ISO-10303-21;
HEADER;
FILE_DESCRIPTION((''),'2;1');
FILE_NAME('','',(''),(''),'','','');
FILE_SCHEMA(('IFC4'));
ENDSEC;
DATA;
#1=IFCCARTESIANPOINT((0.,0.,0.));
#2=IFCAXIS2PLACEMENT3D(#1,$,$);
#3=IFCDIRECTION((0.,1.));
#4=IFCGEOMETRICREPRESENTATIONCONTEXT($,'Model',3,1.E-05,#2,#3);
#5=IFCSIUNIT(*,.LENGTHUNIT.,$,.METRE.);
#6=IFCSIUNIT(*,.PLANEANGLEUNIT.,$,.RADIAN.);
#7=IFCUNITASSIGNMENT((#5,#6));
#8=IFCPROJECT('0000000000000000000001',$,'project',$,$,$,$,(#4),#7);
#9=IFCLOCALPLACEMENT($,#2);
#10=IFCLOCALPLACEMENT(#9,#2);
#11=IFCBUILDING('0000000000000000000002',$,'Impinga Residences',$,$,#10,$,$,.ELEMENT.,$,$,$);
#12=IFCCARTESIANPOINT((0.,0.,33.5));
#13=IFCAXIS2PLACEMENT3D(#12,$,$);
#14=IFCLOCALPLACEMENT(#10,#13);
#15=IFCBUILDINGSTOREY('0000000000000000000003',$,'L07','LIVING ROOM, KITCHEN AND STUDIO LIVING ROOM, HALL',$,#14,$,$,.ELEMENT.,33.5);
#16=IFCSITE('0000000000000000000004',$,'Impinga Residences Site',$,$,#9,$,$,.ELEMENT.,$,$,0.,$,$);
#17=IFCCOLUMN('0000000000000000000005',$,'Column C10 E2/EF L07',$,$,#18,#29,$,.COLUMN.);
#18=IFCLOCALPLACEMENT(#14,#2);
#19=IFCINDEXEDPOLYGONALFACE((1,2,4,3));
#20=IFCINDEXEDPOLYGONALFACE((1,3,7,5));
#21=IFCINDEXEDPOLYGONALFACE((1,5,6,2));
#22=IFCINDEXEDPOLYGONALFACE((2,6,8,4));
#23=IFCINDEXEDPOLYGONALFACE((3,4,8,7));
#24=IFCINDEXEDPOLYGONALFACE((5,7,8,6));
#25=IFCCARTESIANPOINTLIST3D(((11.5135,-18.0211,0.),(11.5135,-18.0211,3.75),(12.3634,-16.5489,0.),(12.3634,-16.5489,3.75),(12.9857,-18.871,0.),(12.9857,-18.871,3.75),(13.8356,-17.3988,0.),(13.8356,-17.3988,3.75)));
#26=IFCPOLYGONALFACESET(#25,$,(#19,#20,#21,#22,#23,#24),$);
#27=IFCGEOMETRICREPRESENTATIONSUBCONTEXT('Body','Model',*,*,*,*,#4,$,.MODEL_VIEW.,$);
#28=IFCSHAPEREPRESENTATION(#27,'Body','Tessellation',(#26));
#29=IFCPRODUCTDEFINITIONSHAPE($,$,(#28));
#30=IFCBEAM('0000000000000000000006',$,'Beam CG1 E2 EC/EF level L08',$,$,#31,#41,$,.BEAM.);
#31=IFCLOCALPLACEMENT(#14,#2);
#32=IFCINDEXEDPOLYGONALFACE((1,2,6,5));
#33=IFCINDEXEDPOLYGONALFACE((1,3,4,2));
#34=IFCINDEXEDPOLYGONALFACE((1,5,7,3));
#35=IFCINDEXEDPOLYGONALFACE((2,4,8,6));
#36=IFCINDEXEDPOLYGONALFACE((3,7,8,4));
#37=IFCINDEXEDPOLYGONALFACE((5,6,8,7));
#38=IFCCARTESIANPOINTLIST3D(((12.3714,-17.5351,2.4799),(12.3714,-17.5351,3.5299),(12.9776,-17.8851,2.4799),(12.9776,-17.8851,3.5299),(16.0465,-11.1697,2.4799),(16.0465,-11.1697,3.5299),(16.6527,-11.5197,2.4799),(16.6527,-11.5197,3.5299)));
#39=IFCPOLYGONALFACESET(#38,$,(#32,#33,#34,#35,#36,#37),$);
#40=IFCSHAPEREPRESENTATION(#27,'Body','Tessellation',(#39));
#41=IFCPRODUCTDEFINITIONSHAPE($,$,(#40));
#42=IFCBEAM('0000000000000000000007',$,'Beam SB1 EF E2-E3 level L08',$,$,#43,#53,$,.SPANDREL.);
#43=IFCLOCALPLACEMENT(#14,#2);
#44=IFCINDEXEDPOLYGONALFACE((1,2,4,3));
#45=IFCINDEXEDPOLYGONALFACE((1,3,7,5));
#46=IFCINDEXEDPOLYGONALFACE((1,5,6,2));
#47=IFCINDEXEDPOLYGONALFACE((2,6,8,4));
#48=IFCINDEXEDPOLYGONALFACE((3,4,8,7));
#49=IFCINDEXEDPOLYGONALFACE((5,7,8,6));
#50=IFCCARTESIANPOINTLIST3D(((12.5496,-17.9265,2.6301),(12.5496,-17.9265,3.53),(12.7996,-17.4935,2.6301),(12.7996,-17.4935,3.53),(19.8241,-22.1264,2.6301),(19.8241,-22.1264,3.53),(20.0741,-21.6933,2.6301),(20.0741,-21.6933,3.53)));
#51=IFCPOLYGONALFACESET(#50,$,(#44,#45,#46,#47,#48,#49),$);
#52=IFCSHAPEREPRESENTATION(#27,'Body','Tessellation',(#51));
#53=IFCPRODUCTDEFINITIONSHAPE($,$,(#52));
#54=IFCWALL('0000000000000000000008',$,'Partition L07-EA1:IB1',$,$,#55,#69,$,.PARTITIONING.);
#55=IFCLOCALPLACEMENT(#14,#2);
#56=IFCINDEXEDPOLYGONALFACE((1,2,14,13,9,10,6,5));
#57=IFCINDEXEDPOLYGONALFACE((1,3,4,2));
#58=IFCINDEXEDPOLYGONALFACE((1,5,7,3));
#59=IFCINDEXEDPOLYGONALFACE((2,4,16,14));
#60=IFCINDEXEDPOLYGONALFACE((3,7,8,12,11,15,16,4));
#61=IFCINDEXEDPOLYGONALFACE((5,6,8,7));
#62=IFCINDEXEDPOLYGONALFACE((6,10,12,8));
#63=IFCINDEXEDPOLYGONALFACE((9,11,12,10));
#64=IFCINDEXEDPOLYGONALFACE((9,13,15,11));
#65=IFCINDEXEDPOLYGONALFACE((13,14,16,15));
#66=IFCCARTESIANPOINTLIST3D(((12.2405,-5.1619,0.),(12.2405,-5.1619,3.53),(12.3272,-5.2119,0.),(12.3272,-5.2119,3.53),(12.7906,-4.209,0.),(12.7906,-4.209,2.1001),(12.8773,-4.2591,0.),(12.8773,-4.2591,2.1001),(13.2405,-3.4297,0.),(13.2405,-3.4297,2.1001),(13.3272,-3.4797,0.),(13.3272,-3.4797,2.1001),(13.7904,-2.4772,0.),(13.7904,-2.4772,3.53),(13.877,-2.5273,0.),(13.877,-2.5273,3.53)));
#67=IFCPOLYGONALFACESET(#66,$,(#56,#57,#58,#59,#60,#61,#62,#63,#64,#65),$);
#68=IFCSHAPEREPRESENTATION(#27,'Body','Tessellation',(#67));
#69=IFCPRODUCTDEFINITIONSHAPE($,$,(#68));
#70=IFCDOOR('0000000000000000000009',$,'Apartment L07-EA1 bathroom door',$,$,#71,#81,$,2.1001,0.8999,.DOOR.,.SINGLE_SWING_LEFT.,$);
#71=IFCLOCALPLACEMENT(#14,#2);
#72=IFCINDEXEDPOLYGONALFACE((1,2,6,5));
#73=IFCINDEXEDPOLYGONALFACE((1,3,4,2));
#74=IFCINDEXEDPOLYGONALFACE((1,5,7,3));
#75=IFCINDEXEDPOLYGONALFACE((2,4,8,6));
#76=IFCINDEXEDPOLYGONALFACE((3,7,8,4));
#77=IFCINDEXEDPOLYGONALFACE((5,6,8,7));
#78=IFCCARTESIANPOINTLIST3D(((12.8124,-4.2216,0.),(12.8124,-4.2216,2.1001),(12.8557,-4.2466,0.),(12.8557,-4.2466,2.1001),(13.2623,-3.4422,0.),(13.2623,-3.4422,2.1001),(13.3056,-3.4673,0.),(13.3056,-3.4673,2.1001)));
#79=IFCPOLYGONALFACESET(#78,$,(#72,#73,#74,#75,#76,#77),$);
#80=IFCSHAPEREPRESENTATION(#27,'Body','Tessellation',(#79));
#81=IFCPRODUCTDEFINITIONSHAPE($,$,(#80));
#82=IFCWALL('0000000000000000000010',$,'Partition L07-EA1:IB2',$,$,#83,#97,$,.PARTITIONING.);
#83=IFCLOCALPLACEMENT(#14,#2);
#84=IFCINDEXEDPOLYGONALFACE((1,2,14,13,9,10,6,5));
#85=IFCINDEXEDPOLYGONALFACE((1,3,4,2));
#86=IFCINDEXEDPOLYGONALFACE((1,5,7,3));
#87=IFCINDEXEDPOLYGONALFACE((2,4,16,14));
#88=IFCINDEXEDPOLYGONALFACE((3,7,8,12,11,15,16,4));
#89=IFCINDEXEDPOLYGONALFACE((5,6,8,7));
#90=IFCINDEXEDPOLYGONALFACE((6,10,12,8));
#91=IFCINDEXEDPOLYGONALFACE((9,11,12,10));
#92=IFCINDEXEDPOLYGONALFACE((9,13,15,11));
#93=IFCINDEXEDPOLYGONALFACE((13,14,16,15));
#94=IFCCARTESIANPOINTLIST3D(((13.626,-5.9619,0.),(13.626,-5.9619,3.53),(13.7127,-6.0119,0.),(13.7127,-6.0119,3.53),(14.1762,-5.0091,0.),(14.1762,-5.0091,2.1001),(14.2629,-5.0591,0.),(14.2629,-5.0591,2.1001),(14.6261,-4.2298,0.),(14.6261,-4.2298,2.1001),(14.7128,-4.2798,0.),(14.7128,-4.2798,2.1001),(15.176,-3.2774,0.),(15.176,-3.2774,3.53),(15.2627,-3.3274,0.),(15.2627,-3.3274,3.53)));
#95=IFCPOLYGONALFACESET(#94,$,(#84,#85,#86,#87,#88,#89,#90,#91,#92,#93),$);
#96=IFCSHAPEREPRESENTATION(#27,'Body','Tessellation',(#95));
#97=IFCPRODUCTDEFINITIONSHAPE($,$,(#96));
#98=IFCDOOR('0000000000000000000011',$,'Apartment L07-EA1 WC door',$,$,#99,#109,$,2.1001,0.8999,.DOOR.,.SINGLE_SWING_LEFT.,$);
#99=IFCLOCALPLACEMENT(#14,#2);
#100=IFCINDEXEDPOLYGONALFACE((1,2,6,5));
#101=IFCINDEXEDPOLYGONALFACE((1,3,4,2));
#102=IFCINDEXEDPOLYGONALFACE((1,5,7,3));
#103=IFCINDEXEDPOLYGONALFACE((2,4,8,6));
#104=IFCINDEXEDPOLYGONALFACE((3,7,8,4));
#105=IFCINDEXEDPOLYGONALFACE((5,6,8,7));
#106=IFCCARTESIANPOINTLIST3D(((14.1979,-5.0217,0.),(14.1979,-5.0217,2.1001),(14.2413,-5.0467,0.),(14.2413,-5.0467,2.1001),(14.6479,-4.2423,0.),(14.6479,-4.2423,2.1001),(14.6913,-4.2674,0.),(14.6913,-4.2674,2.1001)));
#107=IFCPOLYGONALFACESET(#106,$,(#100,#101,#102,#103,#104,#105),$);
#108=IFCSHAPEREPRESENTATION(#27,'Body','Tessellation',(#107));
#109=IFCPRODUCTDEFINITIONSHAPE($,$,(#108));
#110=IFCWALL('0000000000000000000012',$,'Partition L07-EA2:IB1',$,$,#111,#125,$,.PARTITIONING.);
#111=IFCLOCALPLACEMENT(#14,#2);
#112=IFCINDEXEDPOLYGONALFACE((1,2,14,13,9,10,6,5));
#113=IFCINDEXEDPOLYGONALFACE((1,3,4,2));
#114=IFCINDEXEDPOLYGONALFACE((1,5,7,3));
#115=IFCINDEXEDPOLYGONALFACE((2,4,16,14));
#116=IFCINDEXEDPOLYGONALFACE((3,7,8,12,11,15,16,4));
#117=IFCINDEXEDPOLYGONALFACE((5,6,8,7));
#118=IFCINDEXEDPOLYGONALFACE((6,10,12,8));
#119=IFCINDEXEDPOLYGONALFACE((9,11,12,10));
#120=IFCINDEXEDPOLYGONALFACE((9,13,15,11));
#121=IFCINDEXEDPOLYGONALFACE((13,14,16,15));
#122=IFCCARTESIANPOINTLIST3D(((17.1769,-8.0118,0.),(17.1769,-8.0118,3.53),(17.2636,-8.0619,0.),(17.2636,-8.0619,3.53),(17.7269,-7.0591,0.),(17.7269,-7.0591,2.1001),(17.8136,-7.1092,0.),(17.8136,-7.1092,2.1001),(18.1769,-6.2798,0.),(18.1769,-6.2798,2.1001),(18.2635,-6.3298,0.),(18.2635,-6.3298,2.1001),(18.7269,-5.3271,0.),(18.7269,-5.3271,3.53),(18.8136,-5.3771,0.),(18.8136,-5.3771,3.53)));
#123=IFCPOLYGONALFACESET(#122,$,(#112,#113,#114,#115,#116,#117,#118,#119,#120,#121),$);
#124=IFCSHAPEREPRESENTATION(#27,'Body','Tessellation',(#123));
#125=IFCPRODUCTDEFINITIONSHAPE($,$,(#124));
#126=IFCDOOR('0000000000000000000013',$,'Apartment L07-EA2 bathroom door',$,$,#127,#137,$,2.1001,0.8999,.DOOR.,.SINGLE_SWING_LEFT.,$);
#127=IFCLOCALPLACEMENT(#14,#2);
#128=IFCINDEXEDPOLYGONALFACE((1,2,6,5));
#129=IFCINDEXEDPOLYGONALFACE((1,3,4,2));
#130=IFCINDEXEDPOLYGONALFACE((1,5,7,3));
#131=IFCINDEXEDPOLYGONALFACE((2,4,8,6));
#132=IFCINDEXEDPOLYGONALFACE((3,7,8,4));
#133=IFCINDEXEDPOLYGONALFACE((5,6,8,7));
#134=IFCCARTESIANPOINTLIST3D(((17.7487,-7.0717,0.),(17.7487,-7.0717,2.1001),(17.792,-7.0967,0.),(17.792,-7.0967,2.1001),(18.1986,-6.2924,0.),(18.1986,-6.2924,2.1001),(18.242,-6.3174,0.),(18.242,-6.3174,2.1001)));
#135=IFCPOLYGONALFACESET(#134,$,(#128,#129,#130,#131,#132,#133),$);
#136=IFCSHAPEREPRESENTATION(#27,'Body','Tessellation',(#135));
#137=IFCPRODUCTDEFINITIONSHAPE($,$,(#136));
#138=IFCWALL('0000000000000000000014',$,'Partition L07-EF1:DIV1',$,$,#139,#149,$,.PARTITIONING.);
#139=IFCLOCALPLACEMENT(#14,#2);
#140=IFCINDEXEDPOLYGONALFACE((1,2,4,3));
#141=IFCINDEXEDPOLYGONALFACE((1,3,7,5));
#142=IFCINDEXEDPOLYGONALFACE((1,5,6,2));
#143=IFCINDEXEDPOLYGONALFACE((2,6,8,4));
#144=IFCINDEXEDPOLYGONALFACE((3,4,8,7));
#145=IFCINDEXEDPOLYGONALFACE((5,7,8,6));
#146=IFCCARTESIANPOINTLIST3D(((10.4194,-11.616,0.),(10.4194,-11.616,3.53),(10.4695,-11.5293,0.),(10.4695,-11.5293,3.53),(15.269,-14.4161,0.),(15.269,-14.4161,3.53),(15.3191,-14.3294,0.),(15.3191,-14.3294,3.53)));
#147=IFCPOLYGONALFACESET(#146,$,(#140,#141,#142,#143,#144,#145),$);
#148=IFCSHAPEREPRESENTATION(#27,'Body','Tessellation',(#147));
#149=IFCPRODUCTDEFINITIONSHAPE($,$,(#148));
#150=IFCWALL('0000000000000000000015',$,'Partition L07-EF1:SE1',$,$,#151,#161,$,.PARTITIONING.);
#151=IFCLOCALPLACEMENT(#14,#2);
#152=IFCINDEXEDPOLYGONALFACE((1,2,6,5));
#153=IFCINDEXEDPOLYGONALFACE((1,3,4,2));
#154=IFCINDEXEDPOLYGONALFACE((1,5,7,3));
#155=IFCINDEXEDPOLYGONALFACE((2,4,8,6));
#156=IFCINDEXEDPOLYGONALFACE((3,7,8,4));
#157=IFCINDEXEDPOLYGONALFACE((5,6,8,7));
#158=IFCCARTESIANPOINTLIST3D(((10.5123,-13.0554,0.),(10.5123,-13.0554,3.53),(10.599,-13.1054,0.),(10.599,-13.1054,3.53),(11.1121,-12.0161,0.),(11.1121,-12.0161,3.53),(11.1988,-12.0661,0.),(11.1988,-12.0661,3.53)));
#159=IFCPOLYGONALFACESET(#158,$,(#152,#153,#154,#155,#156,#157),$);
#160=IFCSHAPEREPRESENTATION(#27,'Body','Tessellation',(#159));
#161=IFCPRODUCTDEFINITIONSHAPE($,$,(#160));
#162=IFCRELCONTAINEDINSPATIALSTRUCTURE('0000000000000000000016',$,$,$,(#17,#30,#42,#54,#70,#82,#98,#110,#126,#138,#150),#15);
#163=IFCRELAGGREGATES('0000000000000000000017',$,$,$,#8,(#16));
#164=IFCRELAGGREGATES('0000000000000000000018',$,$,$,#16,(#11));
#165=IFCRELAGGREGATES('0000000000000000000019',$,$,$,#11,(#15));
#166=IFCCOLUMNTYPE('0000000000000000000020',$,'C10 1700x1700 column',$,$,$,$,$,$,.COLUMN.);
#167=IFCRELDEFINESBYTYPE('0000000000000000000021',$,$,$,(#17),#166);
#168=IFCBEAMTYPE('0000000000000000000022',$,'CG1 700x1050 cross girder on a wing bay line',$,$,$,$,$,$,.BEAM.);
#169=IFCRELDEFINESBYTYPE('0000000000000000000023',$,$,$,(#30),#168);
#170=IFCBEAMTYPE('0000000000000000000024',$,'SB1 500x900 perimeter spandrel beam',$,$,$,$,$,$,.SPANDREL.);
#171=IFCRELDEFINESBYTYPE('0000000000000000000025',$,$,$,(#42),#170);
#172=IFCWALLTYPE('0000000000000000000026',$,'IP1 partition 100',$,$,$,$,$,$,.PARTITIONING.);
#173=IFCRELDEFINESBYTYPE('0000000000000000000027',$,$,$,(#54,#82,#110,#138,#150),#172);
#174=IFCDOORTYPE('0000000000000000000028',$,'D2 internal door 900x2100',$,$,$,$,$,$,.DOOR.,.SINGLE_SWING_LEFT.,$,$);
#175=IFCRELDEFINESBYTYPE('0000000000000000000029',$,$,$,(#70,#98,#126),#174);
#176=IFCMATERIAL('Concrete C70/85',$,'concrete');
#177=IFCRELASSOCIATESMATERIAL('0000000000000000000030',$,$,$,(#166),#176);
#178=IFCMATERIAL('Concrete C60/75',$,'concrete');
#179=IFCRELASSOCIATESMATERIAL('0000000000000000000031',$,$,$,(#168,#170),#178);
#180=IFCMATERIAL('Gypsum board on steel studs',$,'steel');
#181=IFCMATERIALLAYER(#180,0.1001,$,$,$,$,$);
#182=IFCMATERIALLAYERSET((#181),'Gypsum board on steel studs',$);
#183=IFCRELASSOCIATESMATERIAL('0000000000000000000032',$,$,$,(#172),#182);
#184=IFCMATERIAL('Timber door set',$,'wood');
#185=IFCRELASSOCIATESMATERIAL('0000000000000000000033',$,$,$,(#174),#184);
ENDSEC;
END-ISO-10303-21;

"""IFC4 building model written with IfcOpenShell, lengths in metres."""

from ifc_helpers import new_model, si_unit, direction, frame, frame_2d, origin, origin_2d, place, context, subcontext, project, spatial, rectangle, extrude, material, layer, layer_set, material_profile, profile_set, type_object, element, fill, save


model = new_model("IFC4")

# Units and contexts
model_context = context("Model", 3, precision=1e-05, world=origin(), true_north=direction((0.0, 1.0)))
body_context = subcontext(model_context, "Body", "Model", "MODEL_VIEW")
ifc_project = project(units=[si_unit("LENGTHUNIT", "METRE"), si_unit("PLANEANGLEUNIT", "RADIAN")], contexts=[model_context])

# Site, building, storey
site_placement = place(None, origin())
site = spatial("IfcSite", under=ifc_project, at=site_placement, Name="Impinga Residences Site", CompositionType="ELEMENT", RefElevation=0.0)
building_placement = place(site_placement, origin())
building = spatial("IfcBuilding", under=site, at=building_placement, Name="Impinga Residences", CompositionType="ELEMENT")
storey_placement = place(building_placement, frame((0.0, 0.0, 33.5)))
storey = spatial("IfcBuildingStorey", under=building, at=storey_placement, Name="L07", Description="LIVING ROOM, KITCHEN AND STUDIO LIVING ROOM, HALL", CompositionType="ELEMENT", Elevation=33.5)

# Column
ifc_material_1 = material(Name="Concrete C70/85", Category="concrete")
ifc_material_profile_1 = material_profile(ifc_material_1, rectangle(XDim=1.7, YDim=1.7, at=origin_2d()), Name="RC 1700x1700")
ifc_profile_set_1 = profile_set([ifc_material_profile_1], Name="Concrete C70/85")
column_type = type_object("IfcColumnType", Name="C10 1700x1700 column", PredefinedType="COLUMN", material=ifc_profile_set_1)
column_placement = place(storey_placement, frame((12.6746, -17.71, 0.0), z_axis=(0.0, 0.0, 1.0), x_axis=(-0.5, -0.866025, 0.0)))
element("IfcColumn", 1, at=column_placement, inside=storey, type_object=column_type, Name="Column C10 E2/EF L07", PredefinedType="COLUMN", context=body_context, shape_type="SweptSolid", body=[
    extrude(rectangle(XDim=1.7, YDim=1.7, at=origin_2d()), origin(), (0.0, 0.0, 1.0), 3.75),
])

# Beams
ifc_material_2 = material(Name="Concrete C60/75", Category="concrete")
ifc_material_profile_2 = material_profile(ifc_material_2, rectangle(XDim=0.7, YDim=1.05, at=origin_2d()), Name="RC 700x1050")
ifc_profile_set_2 = profile_set([ifc_material_profile_2], Name="Concrete C60/75")
beam_type_1 = type_object("IfcBeamType", Name="CG1 700x1050 cross girder on a wing bay line", PredefinedType="BEAM", material=ifc_profile_set_2)
beam_1_placement = place(storey_placement, frame((16.3496, -11.3447, 3.0049), z_axis=(-0.500008, -0.866021, 0.0), x_axis=(0.866021, -0.500008, 0.0)))
element("IfcBeam", 2, at=beam_1_placement, inside=storey, type_object=beam_type_1, Name="Beam CG1 E2 EC/EF level L08", PredefinedType="BEAM", context=body_context, shape_type="SweptSolid", body=[
    extrude(rectangle(XDim=0.7, YDim=1.05, at=origin_2d()), origin(), (0.0, 0.0, 1.0), 7.3501),
])
ifc_material_profile_3 = material_profile(ifc_material_2, rectangle(XDim=0.5, YDim=0.8999, at=origin_2d()), Name="RC 500x900")
ifc_profile_set_3 = profile_set([ifc_material_profile_3], Name="Concrete C60/75")
beam_type_2 = type_object("IfcBeamType", Name="SB1 500x900 perimeter spandrel beam", PredefinedType="SPANDREL", material=ifc_profile_set_3)
beam_2_placement = place(storey_placement, frame((12.6746, -17.71, 3.0801), z_axis=(0.866029, -0.499993, 0.0), x_axis=(0.499993, 0.866029, 0.0)))
element("IfcBeam", 3, at=beam_2_placement, inside=storey, type_object=beam_type_2, Name="Beam SB1 EF E2-E3 level L08", PredefinedType="SPANDREL", context=body_context, shape_type="SweptSolid", body=[
    extrude(rectangle(XDim=0.5, YDim=0.8999, at=origin_2d()), origin(), (0.0, 0.0, 1.0), 8.3999),
])

# Walls, openings, doors
ifc_material_3 = material(Name="Gypsum board on steel studs", Category="steel")
ifc_layer_1 = layer(ifc_material_3, 0.1001)
ifc_layer_set_1 = layer_set([ifc_layer_1], Name="Gypsum board on steel studs")
wall_type_1 = type_object("IfcWallType", Name="IP1 partition 100", PredefinedType="PARTITIONING", material=ifc_layer_set_1)
wall_1_placement = place(storey_placement, frame((12.2839, -5.1868, 0.0), z_axis=(0.0, 0.0, 1.0), x_axis=(0.499968, 0.866044, 0.0)))
wall_1 = element("IfcWall", 4, at=wall_1_placement, inside=storey, type_object=wall_type_1, Name="Partition L07-EA1:IB1", PredefinedType="PARTITIONING", context=body_context, shape_type="SweptSolid", body=[
    extrude(rectangle(XDim=3.0999, YDim=0.1001, at=frame_2d((1.5498, 0.0))), origin(), (0.0, 0.0, 1.0), 3.53),
])
opening_1_placement = place(wall_1_placement, frame((1.1001, 0.0, 0.0)))
opening_1 = element("IfcOpeningElement", 5, at=opening_1_placement, cuts=wall_1, PredefinedType="OPENING", context=body_context, shape_type="SweptSolid", body=[
    extrude(rectangle(XDim=0.8999, YDim=2.1001, at=frame_2d((0.45, 1.05))), frame((0.0, 0.0601, 0.0), z_axis=(0.0, -1.0, 0.0), x_axis=(1.0, 0.0, 0.0)), (0.0, 0.0, 1.0), 0.1201),
])
ifc_material_4 = material(Name="Timber door set", Category="wood")
door_type = type_object("IfcDoorType", Name="D2 internal door 900x2100", OperationType="SINGLE_SWING_LEFT", PredefinedType="DOOR", material=ifc_material_4)
door_1_placement = place(opening_1_placement, origin())
door_1 = element("IfcDoor", 6, at=door_1_placement, inside=storey, type_object=door_type, Name="Apartment L07-EA1 bathroom door", OperationType="SINGLE_SWING_LEFT", OverallHeight=2.1001, OverallWidth=0.8999, PredefinedType="DOOR", context=body_context, shape_type="SweptSolid", body=[
    extrude(rectangle(XDim=0.8999, YDim=2.1001, at=frame_2d((0.45, 1.05))), frame((0.0, 0.0249, 0.0), z_axis=(0.0, -1.0, 0.0), x_axis=(1.0, 0.0, 0.0)), (0.0, 0.0, 1.0), 0.05),
])
fill(opening_1, door_1)
wall_2_placement = place(storey_placement, frame((13.6694, -5.9868, 0.0), z_axis=(0.0, 0.0, 1.0), x_axis=(0.500027, 0.86601, 0.0)))
wall_2 = element("IfcWall", 7, at=wall_2_placement, inside=storey, type_object=wall_type_1, Name="Partition L07-EA1:IB2", PredefinedType="PARTITIONING", context=body_context, shape_type="SweptSolid", body=[
    extrude(rectangle(XDim=3.0999, YDim=0.1001, at=frame_2d((1.5498, 0.0))), origin(), (0.0, 0.0, 1.0), 3.53),
])
opening_2_placement = place(wall_2_placement, frame((1.1001, 0.0, 0.0)))
opening_2 = element("IfcOpeningElement", 8, at=opening_2_placement, cuts=wall_2, PredefinedType="OPENING", context=body_context, shape_type="SweptSolid", body=[
    extrude(rectangle(XDim=0.8999, YDim=2.1001, at=frame_2d((0.45, 1.05))), frame((0.0, 0.0601, 0.0), z_axis=(0.0, -1.0, 0.0), x_axis=(1.0, 0.0, 0.0)), (0.0, 0.0, 1.0), 0.1201),
])
door_2_placement = place(opening_2_placement, origin())
door_2 = element("IfcDoor", 9, at=door_2_placement, inside=storey, type_object=door_type, Name="Apartment L07-EA1 WC door", OperationType="SINGLE_SWING_LEFT", OverallHeight=2.1001, OverallWidth=0.8999, PredefinedType="DOOR", context=body_context, shape_type="SweptSolid", body=[
    extrude(rectangle(XDim=0.8999, YDim=2.1001, at=frame_2d((0.45, 1.05))), frame((0.0, 0.0249, 0.0), z_axis=(0.0, -1.0, 0.0), x_axis=(1.0, 0.0, 0.0)), (0.0, 0.0, 1.0), 0.05),
])
fill(opening_2, door_2)
wall_3_placement = place(storey_placement, frame((17.2202, -8.0369, 0.0), z_axis=(0.0, 0.0, 1.0), x_axis=(0.499993, 0.86603, 0.0)))
wall_3 = element("IfcWall", 10, at=wall_3_placement, inside=storey, type_object=wall_type_1, Name="Partition L07-EA2:IB1", PredefinedType="PARTITIONING", context=body_context, shape_type="SweptSolid", body=[
    extrude(rectangle(XDim=3.1001, YDim=0.1001, at=frame_2d((1.55, 0.0))), origin(), (0.0, 0.0, 1.0), 3.53),
])
opening_3_placement = place(wall_3_placement, frame((1.1001, 0.0, 0.0)))
opening_3 = element("IfcOpeningElement", 11, at=opening_3_placement, cuts=wall_3, PredefinedType="OPENING", context=body_context, shape_type="SweptSolid", body=[
    extrude(rectangle(XDim=0.8999, YDim=2.1001, at=frame_2d((0.45, 1.05))), frame((0.0, 0.0601, 0.0), z_axis=(0.0, -1.0, 0.0), x_axis=(1.0, 0.0, 0.0)), (0.0, 0.0, 1.0), 0.1201),
])
door_3_placement = place(opening_3_placement, origin())
door_3 = element("IfcDoor", 12, at=door_3_placement, inside=storey, type_object=door_type, Name="Apartment L07-EA2 bathroom door", OperationType="SINGLE_SWING_LEFT", OverallHeight=2.1001, OverallWidth=0.8999, PredefinedType="DOOR", context=body_context, shape_type="SweptSolid", body=[
    extrude(rectangle(XDim=0.8999, YDim=2.1001, at=frame_2d((0.45, 1.05))), frame((0.0, 0.0249, 0.0), z_axis=(0.0, -1.0, 0.0), x_axis=(1.0, 0.0, 0.0)), (0.0, 0.0, 1.0), 0.05),
])
fill(opening_3, door_3)

# Walls
wall_4_placement = place(storey_placement, frame((10.4446, -11.5728, 0.0), z_axis=(0.0, 0.0, 1.0), x_axis=(0.866016, -0.500017, 0.0)))
element("IfcWall", 13, at=wall_4_placement, inside=storey, type_object=wall_type_1, Name="Partition L07-EF1:DIV1", PredefinedType="PARTITIONING", context=body_context, shape_type="SweptSolid", body=[
    extrude(rectangle(XDim=5.5999, YDim=0.1001, at=frame_2d((2.7998, 0.0))), origin(), (0.0, 0.0, 1.0), 3.53),
])
wall_5_placement = place(storey_placement, frame((11.1555, -12.041, 0.0), z_axis=(0.0, 0.0, 1.0), x_axis=(-0.499881, -0.866094, 0.0)))
element("IfcWall", 14, at=wall_5_placement, inside=storey, type_object=wall_type_1, Name="Partition L07-EF1:SE1", PredefinedType="PARTITIONING", context=body_context, shape_type="SweptSolid", body=[
    extrude(rectangle(XDim=1.2, YDim=0.1001, at=frame_2d((0.6001, 0.0))), origin(), (0.0, 0.0, 1.0), 3.53),
])

save(model, "model.ifc")
